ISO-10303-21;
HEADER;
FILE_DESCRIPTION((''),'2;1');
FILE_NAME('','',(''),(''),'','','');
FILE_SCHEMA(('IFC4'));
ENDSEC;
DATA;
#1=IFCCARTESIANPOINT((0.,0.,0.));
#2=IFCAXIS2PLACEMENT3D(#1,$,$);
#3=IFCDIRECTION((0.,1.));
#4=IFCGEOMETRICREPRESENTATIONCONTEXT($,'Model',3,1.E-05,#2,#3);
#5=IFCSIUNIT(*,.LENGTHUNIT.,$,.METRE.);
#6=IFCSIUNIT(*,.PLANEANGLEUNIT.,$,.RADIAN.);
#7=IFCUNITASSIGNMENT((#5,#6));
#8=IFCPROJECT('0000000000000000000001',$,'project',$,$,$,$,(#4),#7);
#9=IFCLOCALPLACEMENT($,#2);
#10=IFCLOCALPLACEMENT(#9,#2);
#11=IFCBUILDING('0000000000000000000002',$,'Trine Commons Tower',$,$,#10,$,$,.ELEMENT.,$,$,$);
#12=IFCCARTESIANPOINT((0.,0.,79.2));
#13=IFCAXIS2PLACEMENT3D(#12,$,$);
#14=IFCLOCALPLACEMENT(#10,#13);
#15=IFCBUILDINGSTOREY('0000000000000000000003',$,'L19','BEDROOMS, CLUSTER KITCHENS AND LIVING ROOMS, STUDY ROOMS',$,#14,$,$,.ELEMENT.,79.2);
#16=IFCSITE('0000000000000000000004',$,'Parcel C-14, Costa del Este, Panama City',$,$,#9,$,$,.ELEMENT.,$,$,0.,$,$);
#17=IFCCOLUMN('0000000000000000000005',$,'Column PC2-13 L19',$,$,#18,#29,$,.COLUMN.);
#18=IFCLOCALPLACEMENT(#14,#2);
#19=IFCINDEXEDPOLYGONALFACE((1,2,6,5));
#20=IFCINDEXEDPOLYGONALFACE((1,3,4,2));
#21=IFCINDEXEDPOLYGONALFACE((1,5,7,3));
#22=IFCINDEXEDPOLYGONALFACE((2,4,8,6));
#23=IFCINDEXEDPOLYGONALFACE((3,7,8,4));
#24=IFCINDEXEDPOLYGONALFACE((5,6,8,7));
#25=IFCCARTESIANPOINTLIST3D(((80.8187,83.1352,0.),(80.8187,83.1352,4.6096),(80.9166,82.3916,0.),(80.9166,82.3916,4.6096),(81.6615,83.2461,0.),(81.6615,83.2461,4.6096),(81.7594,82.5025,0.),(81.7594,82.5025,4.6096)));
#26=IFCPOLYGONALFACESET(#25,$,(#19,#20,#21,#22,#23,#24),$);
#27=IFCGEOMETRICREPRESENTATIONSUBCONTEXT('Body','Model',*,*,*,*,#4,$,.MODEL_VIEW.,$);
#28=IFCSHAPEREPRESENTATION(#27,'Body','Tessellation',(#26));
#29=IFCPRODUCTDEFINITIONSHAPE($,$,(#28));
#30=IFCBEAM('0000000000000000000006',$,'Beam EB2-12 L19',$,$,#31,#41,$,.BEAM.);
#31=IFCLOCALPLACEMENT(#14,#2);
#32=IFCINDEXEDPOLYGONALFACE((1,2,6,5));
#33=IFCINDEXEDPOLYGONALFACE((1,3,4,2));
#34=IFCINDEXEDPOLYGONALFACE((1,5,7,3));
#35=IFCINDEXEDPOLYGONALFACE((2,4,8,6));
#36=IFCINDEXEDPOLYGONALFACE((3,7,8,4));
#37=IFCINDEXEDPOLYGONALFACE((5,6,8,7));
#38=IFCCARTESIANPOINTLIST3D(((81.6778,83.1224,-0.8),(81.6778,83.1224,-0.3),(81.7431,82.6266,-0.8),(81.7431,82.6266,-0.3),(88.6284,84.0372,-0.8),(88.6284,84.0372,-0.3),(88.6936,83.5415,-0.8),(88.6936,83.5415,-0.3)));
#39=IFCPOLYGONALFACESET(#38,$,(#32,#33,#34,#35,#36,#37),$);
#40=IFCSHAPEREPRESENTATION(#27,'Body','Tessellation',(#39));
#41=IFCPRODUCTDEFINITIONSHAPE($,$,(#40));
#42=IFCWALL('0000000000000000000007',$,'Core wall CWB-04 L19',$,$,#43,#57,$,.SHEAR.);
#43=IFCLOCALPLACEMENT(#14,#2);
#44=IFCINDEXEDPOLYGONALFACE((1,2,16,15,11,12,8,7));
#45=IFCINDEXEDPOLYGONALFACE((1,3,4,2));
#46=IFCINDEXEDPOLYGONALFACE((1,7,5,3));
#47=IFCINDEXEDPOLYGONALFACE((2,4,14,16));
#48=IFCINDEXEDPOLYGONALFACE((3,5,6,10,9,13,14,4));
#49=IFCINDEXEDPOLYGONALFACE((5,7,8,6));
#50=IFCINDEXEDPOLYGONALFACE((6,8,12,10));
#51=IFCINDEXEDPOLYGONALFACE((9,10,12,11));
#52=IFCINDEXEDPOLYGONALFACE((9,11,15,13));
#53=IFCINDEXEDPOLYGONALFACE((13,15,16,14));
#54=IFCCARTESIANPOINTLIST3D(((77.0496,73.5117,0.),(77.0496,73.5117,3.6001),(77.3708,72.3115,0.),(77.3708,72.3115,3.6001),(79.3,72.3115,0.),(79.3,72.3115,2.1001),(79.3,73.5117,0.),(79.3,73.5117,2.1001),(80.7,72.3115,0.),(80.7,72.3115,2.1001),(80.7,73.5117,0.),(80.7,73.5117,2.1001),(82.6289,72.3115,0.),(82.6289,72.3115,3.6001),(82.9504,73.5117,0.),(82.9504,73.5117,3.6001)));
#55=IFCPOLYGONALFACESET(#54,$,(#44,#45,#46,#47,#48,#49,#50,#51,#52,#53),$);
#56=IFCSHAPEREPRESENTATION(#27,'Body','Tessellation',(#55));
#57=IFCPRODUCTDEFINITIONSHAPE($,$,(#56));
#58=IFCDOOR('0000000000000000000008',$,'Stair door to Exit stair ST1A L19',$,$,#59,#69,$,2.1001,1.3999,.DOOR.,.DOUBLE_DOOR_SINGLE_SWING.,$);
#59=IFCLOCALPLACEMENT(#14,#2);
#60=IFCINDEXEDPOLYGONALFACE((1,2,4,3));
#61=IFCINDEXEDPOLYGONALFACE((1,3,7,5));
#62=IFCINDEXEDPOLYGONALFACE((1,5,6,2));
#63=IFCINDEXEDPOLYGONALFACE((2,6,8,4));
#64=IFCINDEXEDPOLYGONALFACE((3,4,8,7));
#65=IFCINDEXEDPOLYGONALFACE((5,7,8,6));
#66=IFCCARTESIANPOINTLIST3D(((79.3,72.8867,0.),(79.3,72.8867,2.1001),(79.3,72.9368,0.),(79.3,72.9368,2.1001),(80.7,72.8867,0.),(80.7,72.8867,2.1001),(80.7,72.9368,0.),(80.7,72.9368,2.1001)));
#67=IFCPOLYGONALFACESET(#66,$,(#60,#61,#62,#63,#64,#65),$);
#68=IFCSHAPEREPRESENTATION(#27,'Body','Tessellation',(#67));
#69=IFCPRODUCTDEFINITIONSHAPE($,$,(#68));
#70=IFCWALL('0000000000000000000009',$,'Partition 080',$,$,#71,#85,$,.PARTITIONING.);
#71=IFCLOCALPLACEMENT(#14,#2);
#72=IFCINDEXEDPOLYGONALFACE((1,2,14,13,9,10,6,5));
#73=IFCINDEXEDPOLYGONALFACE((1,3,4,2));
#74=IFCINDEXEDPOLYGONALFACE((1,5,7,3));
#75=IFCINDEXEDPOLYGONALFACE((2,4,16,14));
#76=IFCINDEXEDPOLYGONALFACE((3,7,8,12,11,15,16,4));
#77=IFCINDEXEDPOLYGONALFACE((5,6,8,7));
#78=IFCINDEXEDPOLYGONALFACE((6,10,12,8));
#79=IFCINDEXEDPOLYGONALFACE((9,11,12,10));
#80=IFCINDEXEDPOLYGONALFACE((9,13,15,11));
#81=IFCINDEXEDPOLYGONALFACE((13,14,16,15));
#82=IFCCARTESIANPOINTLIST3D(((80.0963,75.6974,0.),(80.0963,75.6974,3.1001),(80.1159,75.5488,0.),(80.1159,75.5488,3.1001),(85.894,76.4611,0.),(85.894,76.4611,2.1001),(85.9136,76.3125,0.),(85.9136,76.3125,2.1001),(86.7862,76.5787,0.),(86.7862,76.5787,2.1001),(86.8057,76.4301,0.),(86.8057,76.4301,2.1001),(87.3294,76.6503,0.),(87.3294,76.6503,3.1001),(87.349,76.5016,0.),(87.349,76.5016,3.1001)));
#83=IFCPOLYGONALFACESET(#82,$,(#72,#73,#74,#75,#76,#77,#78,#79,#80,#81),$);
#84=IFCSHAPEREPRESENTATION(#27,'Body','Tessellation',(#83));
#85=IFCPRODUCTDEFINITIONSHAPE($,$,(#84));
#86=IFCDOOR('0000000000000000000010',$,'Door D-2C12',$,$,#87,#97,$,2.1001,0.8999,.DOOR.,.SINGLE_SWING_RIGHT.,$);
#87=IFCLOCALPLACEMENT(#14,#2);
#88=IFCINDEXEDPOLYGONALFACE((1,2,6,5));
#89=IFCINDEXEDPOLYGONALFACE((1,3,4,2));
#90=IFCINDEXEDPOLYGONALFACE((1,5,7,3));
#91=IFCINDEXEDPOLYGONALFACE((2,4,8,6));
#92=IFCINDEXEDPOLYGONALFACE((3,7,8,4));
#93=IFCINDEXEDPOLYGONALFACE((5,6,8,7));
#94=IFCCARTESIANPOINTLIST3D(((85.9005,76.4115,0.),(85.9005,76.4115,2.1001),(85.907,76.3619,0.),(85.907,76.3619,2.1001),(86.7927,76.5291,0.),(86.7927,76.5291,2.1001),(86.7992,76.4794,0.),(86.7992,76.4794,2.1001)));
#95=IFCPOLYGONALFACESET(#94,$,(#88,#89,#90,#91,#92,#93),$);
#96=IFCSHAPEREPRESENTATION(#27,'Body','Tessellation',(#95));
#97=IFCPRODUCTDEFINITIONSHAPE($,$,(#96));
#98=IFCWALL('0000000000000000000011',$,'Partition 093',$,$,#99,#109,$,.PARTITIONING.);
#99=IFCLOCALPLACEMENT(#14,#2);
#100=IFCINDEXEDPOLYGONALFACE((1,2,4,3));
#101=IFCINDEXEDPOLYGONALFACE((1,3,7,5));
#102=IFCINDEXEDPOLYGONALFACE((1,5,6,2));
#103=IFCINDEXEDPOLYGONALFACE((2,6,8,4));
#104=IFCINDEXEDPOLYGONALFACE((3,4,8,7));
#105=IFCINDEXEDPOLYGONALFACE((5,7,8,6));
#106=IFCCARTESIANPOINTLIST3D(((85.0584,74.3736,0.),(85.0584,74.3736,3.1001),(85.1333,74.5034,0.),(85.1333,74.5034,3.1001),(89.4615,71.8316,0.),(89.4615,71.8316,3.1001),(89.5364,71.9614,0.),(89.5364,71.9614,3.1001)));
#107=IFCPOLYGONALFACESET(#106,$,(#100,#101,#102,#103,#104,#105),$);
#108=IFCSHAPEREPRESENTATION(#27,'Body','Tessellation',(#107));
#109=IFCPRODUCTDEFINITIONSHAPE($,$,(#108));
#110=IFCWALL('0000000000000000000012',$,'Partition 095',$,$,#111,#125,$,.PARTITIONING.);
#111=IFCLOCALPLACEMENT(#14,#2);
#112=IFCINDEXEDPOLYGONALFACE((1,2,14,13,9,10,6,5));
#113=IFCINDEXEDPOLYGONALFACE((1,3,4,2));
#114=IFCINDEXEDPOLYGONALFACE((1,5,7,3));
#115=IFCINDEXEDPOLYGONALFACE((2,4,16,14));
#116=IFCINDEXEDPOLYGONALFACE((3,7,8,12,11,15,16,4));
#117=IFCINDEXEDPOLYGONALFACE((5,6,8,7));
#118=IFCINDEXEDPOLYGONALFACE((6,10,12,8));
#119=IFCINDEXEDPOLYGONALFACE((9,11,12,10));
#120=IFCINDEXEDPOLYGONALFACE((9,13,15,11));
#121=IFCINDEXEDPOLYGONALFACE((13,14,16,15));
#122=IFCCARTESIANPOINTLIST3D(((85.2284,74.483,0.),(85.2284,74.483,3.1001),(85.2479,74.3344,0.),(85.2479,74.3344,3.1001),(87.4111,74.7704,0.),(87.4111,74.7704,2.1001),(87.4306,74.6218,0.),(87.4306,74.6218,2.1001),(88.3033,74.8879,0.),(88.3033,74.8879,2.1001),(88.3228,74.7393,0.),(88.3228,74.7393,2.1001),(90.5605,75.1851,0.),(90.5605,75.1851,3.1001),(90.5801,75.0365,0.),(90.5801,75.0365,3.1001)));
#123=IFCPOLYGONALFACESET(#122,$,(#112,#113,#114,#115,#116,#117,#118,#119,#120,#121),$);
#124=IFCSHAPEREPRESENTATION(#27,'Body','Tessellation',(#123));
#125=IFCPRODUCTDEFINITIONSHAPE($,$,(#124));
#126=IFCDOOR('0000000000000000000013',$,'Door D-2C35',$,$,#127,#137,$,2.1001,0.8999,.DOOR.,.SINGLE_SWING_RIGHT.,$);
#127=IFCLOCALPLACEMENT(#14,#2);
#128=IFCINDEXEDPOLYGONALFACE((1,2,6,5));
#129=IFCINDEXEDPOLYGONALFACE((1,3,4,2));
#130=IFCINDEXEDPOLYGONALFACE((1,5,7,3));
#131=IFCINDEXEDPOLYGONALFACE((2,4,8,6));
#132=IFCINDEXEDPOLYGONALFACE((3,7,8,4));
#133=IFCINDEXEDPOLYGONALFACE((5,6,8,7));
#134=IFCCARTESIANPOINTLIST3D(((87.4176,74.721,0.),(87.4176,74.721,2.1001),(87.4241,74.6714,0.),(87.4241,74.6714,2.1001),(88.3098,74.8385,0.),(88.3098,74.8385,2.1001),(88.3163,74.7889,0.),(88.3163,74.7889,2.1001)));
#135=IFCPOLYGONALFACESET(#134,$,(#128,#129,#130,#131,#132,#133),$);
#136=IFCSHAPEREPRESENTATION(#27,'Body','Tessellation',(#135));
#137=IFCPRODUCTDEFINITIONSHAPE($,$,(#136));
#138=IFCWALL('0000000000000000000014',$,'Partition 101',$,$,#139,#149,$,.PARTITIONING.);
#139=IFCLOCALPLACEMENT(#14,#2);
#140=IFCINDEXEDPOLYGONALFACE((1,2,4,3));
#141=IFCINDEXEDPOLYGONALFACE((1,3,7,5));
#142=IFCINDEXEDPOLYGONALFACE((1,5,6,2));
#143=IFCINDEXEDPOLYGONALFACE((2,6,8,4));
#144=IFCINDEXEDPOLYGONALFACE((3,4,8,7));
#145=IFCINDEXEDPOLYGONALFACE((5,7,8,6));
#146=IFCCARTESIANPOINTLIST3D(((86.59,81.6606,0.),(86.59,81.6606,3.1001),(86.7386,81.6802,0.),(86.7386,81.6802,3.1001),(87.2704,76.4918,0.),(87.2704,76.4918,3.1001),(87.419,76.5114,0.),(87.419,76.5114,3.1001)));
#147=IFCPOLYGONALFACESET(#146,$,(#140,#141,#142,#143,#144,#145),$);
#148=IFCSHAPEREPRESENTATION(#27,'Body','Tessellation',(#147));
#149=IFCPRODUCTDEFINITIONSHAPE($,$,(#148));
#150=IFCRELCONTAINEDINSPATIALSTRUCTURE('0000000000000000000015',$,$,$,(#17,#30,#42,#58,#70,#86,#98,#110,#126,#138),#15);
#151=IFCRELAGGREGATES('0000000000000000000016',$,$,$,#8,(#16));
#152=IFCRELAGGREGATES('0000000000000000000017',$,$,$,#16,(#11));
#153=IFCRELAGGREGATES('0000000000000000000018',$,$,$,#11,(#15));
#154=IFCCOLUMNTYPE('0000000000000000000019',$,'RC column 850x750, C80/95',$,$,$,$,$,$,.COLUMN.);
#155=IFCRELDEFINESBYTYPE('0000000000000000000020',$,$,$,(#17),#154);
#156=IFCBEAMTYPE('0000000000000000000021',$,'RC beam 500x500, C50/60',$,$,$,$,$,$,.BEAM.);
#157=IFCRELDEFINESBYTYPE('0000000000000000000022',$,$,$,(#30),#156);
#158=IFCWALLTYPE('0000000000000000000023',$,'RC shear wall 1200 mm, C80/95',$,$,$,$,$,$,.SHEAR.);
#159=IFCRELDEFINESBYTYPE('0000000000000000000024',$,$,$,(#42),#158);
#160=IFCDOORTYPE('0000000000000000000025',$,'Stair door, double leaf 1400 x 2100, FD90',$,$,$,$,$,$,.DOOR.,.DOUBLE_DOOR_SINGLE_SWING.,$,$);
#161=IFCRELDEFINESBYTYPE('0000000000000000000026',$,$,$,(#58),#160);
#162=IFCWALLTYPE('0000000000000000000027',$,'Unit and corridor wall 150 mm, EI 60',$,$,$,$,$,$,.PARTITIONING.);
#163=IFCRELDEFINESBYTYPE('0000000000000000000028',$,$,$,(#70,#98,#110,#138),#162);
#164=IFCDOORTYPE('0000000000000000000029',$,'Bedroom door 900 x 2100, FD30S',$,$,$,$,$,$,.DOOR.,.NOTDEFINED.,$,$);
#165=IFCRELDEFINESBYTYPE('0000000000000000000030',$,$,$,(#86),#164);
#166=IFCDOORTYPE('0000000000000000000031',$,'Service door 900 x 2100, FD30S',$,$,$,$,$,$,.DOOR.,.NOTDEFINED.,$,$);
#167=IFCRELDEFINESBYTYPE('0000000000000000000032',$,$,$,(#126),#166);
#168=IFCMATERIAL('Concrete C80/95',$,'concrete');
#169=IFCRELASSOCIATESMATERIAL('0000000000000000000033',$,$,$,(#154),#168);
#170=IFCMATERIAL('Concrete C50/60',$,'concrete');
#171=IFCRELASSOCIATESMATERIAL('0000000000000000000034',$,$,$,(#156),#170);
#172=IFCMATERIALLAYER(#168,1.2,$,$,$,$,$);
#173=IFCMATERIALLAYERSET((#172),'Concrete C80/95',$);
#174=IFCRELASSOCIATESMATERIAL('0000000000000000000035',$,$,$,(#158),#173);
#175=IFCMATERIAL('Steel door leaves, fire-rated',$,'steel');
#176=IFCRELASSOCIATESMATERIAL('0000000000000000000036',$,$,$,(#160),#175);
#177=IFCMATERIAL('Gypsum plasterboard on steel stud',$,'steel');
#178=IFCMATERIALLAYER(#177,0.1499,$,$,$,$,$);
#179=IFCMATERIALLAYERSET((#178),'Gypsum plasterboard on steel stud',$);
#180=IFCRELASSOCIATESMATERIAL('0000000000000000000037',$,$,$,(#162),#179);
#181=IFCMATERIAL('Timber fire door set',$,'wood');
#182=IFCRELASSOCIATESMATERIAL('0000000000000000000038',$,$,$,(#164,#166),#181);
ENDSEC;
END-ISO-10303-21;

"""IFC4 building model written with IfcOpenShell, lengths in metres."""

from ifc_helpers import new_model, si_unit, direction, frame, frame_2d, origin, origin_2d, place, context, subcontext, project, spatial, polyline, rectangle, outline, extrude, material, layer, layer_set, material_profile, profile_set, type_object, element, fill, save


model = new_model("IFC4")

# Units and contexts
model_context = context("Model", 3, precision=1e-05, world=origin(), true_north=direction((0.0, 1.0)))
body_context = subcontext(model_context, "Body", "Model", "MODEL_VIEW")
ifc_project = project(units=[si_unit("LENGTHUNIT", "METRE"), si_unit("PLANEANGLEUNIT", "RADIAN")], contexts=[model_context])

# Site, building, storey
site_placement = place(None, origin())
site = spatial("IfcSite", under=ifc_project, at=site_placement, Name="Parcel C-14, Costa del Este, Panama City", CompositionType="ELEMENT", RefElevation=0.0)
building_placement = place(site_placement, origin())
building = spatial("IfcBuilding", under=site, at=building_placement, Name="Trine Commons Tower", CompositionType="ELEMENT")
storey_placement = place(building_placement, frame((0.0, 0.0, 79.2)))
storey = spatial("IfcBuildingStorey", under=building, at=storey_placement, Name="L19", Description="BEDROOMS, CLUSTER KITCHENS AND LIVING ROOMS, STUDY ROOMS", CompositionType="ELEMENT", Elevation=79.2)

# Column
ifc_material_1 = material(Name="Concrete C80/95", Category="concrete")
ifc_material_profile_1 = material_profile(ifc_material_1, rectangle(XDim=0.8501, YDim=0.75, at=origin_2d()), Name="RC 850x750")
ifc_profile_set_1 = profile_set([ifc_material_profile_1], Name="Concrete C80/95")
column_type = type_object("IfcColumnType", Name="RC column 850x750, C80/95", PredefinedType="COLUMN", material=ifc_profile_set_1)
column_placement = place(storey_placement, frame((81.2891, 82.8188, 0.0), z_axis=(0.0, 0.0, 1.0), x_axis=(0.991445, 0.130526, 0.0)))
element("IfcColumn", 1, at=column_placement, inside=storey, type_object=column_type, Name="Column PC2-13 L19", PredefinedType="COLUMN", context=body_context, shape_type="SweptSolid", body=[
    extrude(rectangle(XDim=0.8501, YDim=0.75, at=origin_2d()), origin(), (0.0, 0.0, 1.0), 4.6096),
])

# Beam
ifc_material_2 = material(Name="Concrete C50/60", Category="concrete")
ifc_material_profile_2 = material_profile(ifc_material_2, rectangle(XDim=0.5, YDim=0.5, at=origin_2d()), Name="RC 500x500")
ifc_profile_set_2 = profile_set([ifc_material_profile_2], Name="Concrete C50/60")
beam_type = type_object("IfcBeamType", Name="RC beam 500x500, C50/60", PredefinedType="BEAM", material=ifc_profile_set_2)
beam_placement = place(storey_placement, frame((81.7104, 82.8745, -0.55), z_axis=(0.991449, 0.130491, 0.0), x_axis=(-0.130491, 0.991449, 0.0)))
element("IfcBeam", 2, at=beam_placement, inside=storey, type_object=beam_type, Name="Beam EB2-12 L19", PredefinedType="BEAM", context=body_context, shape_type="SweptSolid", body=[
    extrude(rectangle(XDim=0.5, YDim=0.5, at=origin_2d()), origin(), (0.0, 0.0, 1.0), 7.0105),
])

# Walls, openings, doors
ifc_layer_1 = layer(ifc_material_1, 1.2)
ifc_layer_set_1 = layer_set([ifc_layer_1], Name="Concrete C80/95")
wall_type_1 = type_object("IfcWallType", Name="RC shear wall 1200 mm, C80/95", PredefinedType="SHEAR", material=ifc_layer_set_1)
wall_1_placement = place(storey_placement, frame((82.9504, 72.9116, 0.0), z_axis=(0.0, 0.0, 1.0), x_axis=(-1.0, 0.0, 0.0)))
wall_1 = element("IfcWall", 3, at=wall_1_placement, inside=storey, type_object=wall_type_1, Name="Core wall CWB-04 L19", PredefinedType="SHEAR", context=body_context, shape_type="SweptSolid", body=[
    extrude(outline(polyline([(0.0, -0.6001), (5.9009, -0.6001), (5.5796, 0.6001), (0.3215, 0.6001), (0.0, -0.6001)])), origin(), (0.0, 0.0, 1.0), 3.6001),
])
opening_1_placement = place(wall_1_placement, frame((2.2505, 0.0, 0.0)))
opening_1 = element("IfcOpeningElement", 4, at=opening_1_placement, cuts=wall_1, PredefinedType="OPENING", context=body_context, shape_type="SweptSolid", body=[
    extrude(rectangle(XDim=1.3999, YDim=2.1001, at=frame_2d((0.7, 1.05))), frame((0.0, 0.6099, 0.0), z_axis=(0.0, -1.0, 0.0), x_axis=(1.0, 0.0, 0.0)), (0.0, 0.0, 1.0), 1.22),
])
ifc_material_3 = material(Name="Steel door leaves, fire-rated", Category="steel")
door_type_1 = type_object("IfcDoorType", Name="Stair door, double leaf 1400 x 2100, FD90", OperationType="DOUBLE_DOOR_SINGLE_SWING", PredefinedType="DOOR", material=ifc_material_3)
door_1_placement = place(opening_1_placement, origin())
door_1 = element("IfcDoor", 5, at=door_1_placement, inside=storey, type_object=door_type_1, Name="Stair door to Exit stair ST1A L19", OperationType="DOUBLE_DOOR_SINGLE_SWING", OverallHeight=2.1001, OverallWidth=1.3999, PredefinedType="DOOR", context=body_context, shape_type="SweptSolid", body=[
    extrude(rectangle(XDim=1.3999, YDim=2.1001, at=frame_2d((0.7, 1.05))), frame((0.0, 0.0249, 0.0), z_axis=(0.0, -1.0, 0.0), x_axis=(1.0, 0.0, 0.0)), (0.0, 0.0, 1.0), 0.05),
])
fill(opening_1, door_1)
ifc_material_4 = material(Name="Gypsum plasterboard on steel stud", Category="steel")
ifc_layer_2 = layer(ifc_material_4, 0.1499)
ifc_layer_set_2 = layer_set([ifc_layer_2], Name="Gypsum plasterboard on steel stud")
wall_type_2 = type_object("IfcWallType", Name="Unit and corridor wall 150 mm, EI 60", PredefinedType="PARTITIONING", material=ifc_layer_set_2)
wall_2_placement = place(storey_placement, frame((80.106, 75.623, 0.0), z_axis=(0.0, 0.0, 1.0), x_axis=(0.991434, 0.130609, 0.0)))
wall_2 = element("IfcWall", 6, at=wall_2_placement, inside=storey, type_object=wall_type_2, Name="Partition 080", PredefinedType="PARTITIONING", context=body_context, shape_type="SweptSolid", body=[
    extrude(rectangle(XDim=7.2957, YDim=0.1499, at=frame_2d((3.6479, 0.0))), origin(), (0.0, 0.0, 1.0), 3.1001),
])
opening_2_placement = place(wall_2_placement, frame((5.8479, 0.0, 0.0)))
opening_2 = element("IfcOpeningElement", 7, at=opening_2_placement, cuts=wall_2, PredefinedType="OPENING", context=body_context, shape_type="SweptSolid", body=[
    extrude(rectangle(XDim=0.8999, YDim=2.1001, at=frame_2d((0.45, 1.05))), frame((0.0, 0.085, 0.0), z_axis=(0.0, -1.0, 0.0), x_axis=(1.0, 0.0, 0.0)), (0.0, 0.0, 1.0), 0.1699),
])
ifc_material_5 = material(Name="Timber fire door set", Category="wood")
door_type_2 = type_object("IfcDoorType", Name="Bedroom door 900 x 2100, FD30S", OperationType="NOTDEFINED", PredefinedType="DOOR", material=ifc_material_5)
door_2_placement = place(opening_2_placement, origin())
door_2 = element("IfcDoor", 8, at=door_2_placement, inside=storey, type_object=door_type_2, Name="Door D-2C12", OperationType="SINGLE_SWING_RIGHT", OverallHeight=2.1001, OverallWidth=0.8999, PredefinedType="DOOR", context=body_context, shape_type="SweptSolid", body=[
    extrude(rectangle(XDim=0.8999, YDim=2.1001, at=frame_2d((0.45, 1.05))), frame((0.0, 0.0249, 0.0), z_axis=(0.0, -1.0, 0.0), x_axis=(1.0, 0.0, 0.0)), (0.0, 0.0, 1.0), 0.05),
])
fill(opening_2, door_2)

# Wall
wall_3_placement = place(storey_placement, frame((85.0959, 74.4385, 0.0), z_axis=(0.0, 0.0, 1.0), x_axis=(0.866036, -0.499982, 0.0)))
element("IfcWall", 9, at=wall_3_placement, inside=storey, type_object=wall_type_2, Name="Partition 093", PredefinedType="PARTITIONING", context=body_context, shape_type="SweptSolid", body=[
    extrude(rectangle(XDim=5.0842, YDim=0.1499, at=frame_2d((2.542, 0.0))), origin(), (0.0, 0.0, 1.0), 3.1001),
])

# Wall, opening, door
wall_4_placement = place(storey_placement, frame((85.2383, 74.4087, 0.0), z_axis=(0.0, 0.0, 1.0), x_axis=(0.991441, 0.130558, 0.0)))
wall_4 = element("IfcWall", 10, at=wall_4_placement, inside=storey, type_object=wall_type_2, Name="Partition 095", PredefinedType="PARTITIONING", context=body_context, shape_type="SweptSolid", body=[
    extrude(rectangle(XDim=5.3782, YDim=0.1499, at=frame_2d((2.689, 0.0))), origin(), (0.0, 0.0, 1.0), 3.1001),
])
opening_3_placement = place(wall_4_placement, frame((2.2014, 0.0, 0.0)))
opening_3 = element("IfcOpeningElement", 11, at=opening_3_placement, cuts=wall_4, PredefinedType="OPENING", context=body_context, shape_type="SweptSolid", body=[
    extrude(rectangle(XDim=0.8999, YDim=2.1001, at=frame_2d((0.45, 1.05))), frame((0.0, 0.085, 0.0), z_axis=(0.0, -1.0, 0.0), x_axis=(1.0, 0.0, 0.0)), (0.0, 0.0, 1.0), 0.1699),
])
door_type_3 = type_object("IfcDoorType", Name="Service door 900 x 2100, FD30S", OperationType="NOTDEFINED", PredefinedType="DOOR", material=ifc_material_5)
door_3_placement = place(opening_3_placement, frame((0.8999, 0.0, 0.0), z_axis=(0.0, 0.0, 1.0), x_axis=(-1.0, 0.0, 0.0)))
door_3 = element("IfcDoor", 12, at=door_3_placement, inside=storey, type_object=door_type_3, Name="Door D-2C35", OperationType="SINGLE_SWING_RIGHT", OverallHeight=2.1001, OverallWidth=0.8999, PredefinedType="DOOR", context=body_context, shape_type="SweptSolid", body=[
    extrude(rectangle(XDim=0.8999, YDim=2.1001, at=frame_2d((0.45, 1.05))), frame((0.0, 0.0249, 0.0), z_axis=(0.0, -1.0, 0.0), x_axis=(1.0, 0.0, 0.0)), (0.0, 0.0, 1.0), 0.05),
])
fill(opening_3, door_3)

# Wall
wall_5_placement = place(storey_placement, frame((86.6643, 81.6704, 0.0), z_axis=(0.0, 0.0, 1.0), x_axis=(0.130516, -0.991446, 0.0)))
element("IfcWall", 13, at=wall_5_placement, inside=storey, type_object=wall_type_2, Name="Partition 101", PredefinedType="PARTITIONING", context=body_context, shape_type="SweptSolid", body=[
    extrude(rectangle(XDim=5.2134, YDim=0.1499, at=frame_2d((2.6067, 0.0))), origin(), (0.0, 0.0, 1.0), 3.1001),
])

save(model, "model.ifc")
